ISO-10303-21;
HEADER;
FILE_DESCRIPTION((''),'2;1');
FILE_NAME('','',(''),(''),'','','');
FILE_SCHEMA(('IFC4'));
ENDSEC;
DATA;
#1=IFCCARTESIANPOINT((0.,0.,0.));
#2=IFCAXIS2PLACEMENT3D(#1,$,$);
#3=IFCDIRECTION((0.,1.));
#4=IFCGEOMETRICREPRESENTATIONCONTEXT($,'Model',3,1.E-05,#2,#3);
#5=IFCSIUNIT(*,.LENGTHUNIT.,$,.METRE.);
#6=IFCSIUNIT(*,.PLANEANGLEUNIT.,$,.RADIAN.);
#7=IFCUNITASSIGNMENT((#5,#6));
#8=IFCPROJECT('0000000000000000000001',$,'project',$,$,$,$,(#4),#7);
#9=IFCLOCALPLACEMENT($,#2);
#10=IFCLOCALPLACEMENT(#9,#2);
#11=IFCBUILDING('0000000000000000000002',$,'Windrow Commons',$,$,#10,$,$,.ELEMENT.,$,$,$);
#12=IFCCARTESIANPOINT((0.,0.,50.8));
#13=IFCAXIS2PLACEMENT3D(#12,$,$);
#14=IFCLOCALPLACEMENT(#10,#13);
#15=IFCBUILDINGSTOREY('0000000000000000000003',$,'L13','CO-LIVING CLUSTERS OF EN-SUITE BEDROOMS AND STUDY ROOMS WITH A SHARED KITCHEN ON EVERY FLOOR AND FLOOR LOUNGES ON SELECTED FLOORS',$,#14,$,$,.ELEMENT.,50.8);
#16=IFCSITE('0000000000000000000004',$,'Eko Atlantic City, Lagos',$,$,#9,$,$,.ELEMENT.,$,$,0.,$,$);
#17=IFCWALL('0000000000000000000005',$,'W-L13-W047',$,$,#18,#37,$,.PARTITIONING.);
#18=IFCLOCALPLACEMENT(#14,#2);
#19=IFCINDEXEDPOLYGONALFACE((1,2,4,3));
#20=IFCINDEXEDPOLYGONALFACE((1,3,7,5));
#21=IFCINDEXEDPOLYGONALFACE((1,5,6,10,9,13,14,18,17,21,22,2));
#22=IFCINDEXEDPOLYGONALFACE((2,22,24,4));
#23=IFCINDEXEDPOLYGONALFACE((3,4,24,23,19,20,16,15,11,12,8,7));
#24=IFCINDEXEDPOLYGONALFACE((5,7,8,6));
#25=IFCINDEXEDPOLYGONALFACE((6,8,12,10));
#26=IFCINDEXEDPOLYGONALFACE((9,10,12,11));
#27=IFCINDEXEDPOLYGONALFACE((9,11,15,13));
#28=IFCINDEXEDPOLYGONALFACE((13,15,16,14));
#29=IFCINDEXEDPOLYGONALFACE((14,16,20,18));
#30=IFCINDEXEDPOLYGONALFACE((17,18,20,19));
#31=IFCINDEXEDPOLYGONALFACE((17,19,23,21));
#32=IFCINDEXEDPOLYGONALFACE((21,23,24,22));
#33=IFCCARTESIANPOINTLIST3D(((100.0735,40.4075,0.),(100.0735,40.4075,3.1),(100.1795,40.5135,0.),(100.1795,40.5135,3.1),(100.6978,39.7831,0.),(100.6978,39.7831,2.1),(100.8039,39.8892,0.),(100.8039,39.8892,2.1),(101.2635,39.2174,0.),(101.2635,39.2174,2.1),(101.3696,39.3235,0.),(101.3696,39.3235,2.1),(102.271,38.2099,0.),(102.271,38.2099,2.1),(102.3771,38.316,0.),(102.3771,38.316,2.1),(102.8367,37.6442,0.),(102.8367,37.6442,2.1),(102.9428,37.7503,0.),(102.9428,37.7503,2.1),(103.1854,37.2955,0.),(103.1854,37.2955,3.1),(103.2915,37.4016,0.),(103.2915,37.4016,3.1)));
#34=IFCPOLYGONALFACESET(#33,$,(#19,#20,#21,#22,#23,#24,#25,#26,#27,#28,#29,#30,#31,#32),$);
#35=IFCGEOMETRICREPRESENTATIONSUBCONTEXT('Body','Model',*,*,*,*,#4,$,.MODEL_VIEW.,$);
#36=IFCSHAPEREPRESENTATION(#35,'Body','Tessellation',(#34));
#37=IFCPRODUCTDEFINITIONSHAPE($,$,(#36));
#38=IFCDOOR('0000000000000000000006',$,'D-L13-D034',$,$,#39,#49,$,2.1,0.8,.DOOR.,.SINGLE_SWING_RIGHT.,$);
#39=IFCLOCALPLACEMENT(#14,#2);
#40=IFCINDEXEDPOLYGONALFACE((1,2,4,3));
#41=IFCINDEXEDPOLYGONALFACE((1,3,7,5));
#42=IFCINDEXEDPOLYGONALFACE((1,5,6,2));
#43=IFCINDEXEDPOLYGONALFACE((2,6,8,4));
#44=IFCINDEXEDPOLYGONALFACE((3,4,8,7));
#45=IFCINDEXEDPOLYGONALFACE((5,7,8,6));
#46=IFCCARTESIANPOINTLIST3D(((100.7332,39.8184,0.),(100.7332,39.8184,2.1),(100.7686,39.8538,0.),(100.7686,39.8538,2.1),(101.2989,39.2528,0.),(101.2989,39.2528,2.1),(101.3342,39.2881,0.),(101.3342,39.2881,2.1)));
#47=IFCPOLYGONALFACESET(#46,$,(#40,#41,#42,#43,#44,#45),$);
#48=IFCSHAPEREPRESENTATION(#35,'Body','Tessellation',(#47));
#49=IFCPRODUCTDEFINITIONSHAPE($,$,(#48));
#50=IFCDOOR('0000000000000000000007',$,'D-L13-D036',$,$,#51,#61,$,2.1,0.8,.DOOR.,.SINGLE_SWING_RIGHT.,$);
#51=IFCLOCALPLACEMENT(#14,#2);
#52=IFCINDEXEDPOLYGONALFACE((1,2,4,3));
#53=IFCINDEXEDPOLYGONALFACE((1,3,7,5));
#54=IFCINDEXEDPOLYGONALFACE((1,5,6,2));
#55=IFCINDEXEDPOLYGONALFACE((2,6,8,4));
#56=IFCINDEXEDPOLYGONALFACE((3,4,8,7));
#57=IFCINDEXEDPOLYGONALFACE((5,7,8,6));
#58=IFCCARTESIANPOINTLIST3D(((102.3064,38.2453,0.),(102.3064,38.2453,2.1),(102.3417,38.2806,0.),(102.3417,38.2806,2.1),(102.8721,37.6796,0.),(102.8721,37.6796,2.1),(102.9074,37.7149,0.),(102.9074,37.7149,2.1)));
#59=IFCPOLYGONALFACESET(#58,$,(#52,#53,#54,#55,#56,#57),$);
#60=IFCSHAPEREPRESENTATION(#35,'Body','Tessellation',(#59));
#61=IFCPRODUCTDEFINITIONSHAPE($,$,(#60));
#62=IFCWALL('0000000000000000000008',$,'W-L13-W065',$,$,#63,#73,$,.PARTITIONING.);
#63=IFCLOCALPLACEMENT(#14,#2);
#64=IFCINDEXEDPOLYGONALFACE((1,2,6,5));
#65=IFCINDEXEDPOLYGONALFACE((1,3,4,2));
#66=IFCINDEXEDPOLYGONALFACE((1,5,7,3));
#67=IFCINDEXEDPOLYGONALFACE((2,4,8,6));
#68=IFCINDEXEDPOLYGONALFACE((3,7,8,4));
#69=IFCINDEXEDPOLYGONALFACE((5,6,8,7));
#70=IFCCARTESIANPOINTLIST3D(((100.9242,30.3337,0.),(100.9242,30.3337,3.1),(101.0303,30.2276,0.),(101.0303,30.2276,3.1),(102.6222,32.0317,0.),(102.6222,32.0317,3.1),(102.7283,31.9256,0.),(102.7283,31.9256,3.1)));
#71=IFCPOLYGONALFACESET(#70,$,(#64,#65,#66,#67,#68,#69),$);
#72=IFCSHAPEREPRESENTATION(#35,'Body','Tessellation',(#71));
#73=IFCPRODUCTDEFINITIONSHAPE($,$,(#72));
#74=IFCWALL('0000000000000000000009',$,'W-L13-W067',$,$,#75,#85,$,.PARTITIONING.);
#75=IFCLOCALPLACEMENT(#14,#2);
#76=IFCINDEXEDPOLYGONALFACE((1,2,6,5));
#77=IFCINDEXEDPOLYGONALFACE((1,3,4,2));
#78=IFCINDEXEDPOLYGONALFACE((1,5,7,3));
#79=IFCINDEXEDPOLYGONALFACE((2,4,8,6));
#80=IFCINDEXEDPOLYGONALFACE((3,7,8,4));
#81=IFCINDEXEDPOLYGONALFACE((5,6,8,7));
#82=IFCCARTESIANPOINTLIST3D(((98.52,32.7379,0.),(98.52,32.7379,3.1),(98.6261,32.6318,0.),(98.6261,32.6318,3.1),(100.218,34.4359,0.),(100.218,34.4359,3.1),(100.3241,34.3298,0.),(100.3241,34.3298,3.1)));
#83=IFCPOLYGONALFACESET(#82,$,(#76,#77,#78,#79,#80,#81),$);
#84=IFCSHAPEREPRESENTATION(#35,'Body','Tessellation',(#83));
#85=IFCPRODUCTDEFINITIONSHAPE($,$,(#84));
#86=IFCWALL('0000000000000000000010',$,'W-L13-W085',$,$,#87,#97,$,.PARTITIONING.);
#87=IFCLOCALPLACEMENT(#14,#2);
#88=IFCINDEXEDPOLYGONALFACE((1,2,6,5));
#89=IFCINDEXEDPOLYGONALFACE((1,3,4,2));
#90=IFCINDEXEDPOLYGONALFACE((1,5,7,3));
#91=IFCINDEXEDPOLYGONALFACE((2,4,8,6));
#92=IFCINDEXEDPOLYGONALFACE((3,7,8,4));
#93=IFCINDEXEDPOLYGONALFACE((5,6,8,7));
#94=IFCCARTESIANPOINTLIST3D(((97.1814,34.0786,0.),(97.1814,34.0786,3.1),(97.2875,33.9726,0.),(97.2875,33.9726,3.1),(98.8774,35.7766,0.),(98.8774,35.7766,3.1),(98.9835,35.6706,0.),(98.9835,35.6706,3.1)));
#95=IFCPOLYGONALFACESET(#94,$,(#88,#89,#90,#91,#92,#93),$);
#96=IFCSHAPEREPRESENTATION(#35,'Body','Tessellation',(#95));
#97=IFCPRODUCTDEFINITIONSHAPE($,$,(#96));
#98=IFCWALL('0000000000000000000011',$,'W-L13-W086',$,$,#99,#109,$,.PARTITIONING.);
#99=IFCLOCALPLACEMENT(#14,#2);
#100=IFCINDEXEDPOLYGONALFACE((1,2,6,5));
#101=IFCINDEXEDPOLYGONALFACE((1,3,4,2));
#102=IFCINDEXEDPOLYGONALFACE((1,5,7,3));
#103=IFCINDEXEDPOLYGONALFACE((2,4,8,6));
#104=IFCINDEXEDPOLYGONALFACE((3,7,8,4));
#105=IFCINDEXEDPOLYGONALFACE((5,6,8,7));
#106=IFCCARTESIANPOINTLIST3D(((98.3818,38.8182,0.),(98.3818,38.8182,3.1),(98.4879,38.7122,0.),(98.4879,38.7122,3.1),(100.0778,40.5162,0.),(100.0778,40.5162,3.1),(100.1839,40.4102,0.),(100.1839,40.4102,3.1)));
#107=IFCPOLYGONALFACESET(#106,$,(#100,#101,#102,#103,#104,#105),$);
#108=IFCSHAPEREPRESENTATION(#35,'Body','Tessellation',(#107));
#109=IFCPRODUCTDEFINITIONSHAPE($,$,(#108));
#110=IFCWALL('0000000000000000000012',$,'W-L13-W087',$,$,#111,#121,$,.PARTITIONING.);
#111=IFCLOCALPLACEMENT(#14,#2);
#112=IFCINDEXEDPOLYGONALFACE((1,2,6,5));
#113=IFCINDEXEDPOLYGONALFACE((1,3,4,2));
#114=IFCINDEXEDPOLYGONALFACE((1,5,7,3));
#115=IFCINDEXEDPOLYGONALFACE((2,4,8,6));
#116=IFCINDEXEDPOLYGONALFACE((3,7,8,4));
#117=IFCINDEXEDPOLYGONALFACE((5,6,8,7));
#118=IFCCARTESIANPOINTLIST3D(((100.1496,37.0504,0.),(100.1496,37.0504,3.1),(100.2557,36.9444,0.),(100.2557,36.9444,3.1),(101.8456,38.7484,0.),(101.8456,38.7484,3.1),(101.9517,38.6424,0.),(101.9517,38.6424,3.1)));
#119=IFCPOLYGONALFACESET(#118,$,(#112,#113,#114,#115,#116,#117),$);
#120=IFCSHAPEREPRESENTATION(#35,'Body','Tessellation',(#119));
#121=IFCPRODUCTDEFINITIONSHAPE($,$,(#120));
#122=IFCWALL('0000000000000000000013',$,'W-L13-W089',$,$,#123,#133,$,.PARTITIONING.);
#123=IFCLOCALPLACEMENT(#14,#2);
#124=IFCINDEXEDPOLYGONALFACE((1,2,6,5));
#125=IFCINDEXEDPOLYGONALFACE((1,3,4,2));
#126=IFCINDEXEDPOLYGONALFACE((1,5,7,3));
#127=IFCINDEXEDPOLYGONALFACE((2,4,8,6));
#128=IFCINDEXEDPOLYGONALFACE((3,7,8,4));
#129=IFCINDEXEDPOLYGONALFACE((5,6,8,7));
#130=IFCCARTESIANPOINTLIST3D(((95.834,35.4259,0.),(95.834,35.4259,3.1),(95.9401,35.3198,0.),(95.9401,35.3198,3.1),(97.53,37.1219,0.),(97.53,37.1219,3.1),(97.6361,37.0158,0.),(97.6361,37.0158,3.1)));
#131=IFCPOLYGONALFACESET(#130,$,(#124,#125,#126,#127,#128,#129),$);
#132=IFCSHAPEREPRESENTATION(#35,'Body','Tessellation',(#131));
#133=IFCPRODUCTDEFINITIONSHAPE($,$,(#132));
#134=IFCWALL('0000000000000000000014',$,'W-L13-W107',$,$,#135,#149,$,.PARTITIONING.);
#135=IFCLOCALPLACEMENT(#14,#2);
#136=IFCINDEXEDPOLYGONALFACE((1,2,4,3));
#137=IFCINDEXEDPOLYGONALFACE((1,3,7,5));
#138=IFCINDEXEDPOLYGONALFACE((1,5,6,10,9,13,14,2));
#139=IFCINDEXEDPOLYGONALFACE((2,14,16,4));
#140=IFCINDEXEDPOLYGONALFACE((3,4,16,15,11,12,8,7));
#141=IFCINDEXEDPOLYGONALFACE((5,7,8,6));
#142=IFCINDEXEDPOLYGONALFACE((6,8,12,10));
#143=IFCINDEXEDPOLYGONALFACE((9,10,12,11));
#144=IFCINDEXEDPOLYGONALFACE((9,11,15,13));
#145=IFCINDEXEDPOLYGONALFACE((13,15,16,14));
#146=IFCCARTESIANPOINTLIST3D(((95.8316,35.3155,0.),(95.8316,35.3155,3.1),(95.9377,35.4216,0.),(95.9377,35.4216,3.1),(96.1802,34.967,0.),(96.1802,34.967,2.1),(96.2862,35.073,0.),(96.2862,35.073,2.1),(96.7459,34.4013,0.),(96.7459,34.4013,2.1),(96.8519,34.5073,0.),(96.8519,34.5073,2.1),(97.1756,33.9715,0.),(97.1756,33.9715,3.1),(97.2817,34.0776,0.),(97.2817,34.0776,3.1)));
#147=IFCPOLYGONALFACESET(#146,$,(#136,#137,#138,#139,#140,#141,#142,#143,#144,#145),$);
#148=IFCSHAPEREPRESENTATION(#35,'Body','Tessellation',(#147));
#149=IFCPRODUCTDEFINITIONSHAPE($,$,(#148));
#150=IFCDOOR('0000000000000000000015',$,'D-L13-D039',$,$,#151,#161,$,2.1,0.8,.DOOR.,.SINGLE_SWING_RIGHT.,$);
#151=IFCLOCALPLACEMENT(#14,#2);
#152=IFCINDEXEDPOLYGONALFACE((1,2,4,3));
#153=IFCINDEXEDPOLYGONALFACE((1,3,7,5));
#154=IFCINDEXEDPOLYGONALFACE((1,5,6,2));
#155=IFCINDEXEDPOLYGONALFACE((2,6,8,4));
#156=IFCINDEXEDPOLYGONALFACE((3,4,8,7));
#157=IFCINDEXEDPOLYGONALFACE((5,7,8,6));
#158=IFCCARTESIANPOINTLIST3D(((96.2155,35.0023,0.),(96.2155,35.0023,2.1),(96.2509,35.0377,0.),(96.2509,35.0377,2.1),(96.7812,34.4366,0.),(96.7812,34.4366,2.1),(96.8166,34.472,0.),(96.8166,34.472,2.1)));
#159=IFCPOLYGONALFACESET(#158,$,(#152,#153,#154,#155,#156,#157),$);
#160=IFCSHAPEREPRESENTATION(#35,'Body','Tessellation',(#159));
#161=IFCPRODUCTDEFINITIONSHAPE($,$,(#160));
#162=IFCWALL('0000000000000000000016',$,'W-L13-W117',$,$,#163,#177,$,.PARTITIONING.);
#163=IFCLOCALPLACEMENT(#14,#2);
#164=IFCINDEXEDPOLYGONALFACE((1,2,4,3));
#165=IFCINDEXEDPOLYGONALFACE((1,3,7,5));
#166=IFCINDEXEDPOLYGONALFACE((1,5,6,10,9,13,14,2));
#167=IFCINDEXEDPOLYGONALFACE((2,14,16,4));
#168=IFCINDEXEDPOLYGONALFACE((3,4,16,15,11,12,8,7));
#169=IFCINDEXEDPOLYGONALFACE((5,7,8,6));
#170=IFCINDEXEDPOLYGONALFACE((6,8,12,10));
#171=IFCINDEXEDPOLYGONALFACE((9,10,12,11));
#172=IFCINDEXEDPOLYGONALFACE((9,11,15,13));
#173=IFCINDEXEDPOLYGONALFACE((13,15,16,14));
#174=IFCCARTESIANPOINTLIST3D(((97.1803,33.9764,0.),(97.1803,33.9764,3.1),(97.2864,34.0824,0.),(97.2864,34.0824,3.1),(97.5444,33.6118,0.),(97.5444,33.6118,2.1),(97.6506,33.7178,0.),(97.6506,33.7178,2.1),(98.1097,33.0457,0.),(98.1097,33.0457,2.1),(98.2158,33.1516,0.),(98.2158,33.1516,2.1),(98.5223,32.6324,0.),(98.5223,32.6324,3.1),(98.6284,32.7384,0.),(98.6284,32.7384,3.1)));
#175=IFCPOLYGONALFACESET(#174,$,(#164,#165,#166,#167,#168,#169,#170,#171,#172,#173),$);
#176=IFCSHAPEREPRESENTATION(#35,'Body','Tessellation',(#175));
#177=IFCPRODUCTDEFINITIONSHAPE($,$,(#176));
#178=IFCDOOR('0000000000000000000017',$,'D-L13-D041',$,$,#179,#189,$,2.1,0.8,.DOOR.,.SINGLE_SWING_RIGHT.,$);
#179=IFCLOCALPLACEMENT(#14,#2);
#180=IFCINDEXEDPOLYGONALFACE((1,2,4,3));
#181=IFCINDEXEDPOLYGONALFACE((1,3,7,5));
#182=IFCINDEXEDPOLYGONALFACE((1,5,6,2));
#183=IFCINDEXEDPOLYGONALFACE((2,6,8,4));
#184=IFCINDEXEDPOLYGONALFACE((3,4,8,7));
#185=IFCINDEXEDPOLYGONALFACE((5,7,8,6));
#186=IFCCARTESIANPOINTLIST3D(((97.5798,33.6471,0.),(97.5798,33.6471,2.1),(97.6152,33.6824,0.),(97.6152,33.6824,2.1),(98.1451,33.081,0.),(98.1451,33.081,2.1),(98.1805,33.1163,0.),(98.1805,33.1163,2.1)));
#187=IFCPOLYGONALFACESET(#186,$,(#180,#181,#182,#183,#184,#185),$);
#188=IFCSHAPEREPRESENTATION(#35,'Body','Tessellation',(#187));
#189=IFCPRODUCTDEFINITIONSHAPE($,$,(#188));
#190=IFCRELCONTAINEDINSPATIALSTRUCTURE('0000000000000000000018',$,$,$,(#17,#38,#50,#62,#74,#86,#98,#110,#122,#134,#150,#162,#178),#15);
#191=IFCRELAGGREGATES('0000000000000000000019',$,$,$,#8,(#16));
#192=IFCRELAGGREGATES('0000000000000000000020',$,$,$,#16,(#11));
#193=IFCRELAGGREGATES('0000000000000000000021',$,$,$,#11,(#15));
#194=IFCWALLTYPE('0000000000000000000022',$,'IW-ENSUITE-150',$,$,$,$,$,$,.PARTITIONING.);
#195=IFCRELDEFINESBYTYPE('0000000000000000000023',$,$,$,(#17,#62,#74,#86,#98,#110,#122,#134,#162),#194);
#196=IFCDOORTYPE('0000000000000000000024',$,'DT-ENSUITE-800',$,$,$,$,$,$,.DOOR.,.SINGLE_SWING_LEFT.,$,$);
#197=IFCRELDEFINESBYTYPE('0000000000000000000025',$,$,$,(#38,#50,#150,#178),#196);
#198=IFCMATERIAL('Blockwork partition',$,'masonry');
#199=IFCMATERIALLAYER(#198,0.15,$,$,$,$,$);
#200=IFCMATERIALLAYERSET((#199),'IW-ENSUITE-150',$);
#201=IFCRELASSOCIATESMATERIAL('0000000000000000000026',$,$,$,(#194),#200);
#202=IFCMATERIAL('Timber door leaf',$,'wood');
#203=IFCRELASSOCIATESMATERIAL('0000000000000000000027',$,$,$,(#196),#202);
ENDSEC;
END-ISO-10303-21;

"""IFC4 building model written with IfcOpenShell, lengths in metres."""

from ifc_helpers import new_model, si_unit, direction, frame, frame_2d, origin, place, context, subcontext, project, spatial, rectangle, extrude, material, layer, layer_set, type_object, element, fill, save


model = new_model("IFC4")

# Units and contexts
model_context = context("Model", 3, precision=1e-05, world=origin(), true_north=direction((0.0, 1.0)))
body_context = subcontext(model_context, "Body", "Model", "MODEL_VIEW")
ifc_project = project(units=[si_unit("LENGTHUNIT", "METRE"), si_unit("PLANEANGLEUNIT", "RADIAN")], contexts=[model_context])

# Site, building, storey
site_placement = place(None, origin())
site = spatial("IfcSite", under=ifc_project, at=site_placement, Name="Eko Atlantic City, Lagos", CompositionType="ELEMENT", RefElevation=0.0)
building_placement = place(site_placement, origin())
building = spatial("IfcBuilding", under=site, at=building_placement, Name="Windrow Commons", CompositionType="ELEMENT")
storey_placement = place(building_placement, frame((0.0, 0.0, 50.8)))
storey = spatial("IfcBuildingStorey", under=building, at=storey_placement, Name="L13", Description="CO-LIVING CLUSTERS OF EN-SUITE BEDROOMS AND STUDY ROOMS WITH A SHARED KITCHEN ON EVERY FLOOR AND FLOOR LOUNGES ON SELECTED FLOORS", CompositionType="ELEMENT", Elevation=50.8)

# Wall, openings, doors
ifc_material_1 = material(Name="Blockwork partition", Category="masonry")
ifc_layer_1 = layer(ifc_material_1, 0.15)
ifc_layer_set_1 = layer_set([ifc_layer_1], Name="IW-ENSUITE-150")
wall_type_1 = type_object("IfcWallType", Name="IW-ENSUITE-150", PredefinedType="PARTITIONING", material=ifc_layer_set_1)
wall_1_placement = place(storey_placement, frame((100.1265, 40.4605, 0.0), z_axis=(0.0, 0.0, 1.0), x_axis=(0.707107, -0.707107, 0.0)))
wall_1 = element("IfcWall", 1, at=wall_1_placement, inside=storey, type_object=wall_type_1, Name="W-L13-W047", PredefinedType="PARTITIONING", context=body_context, shape_type="SweptSolid", body=[
    extrude(rectangle(XDim=4.401, YDim=0.15, at=frame_2d((2.2005, 0.0))), origin(), (0.0, 0.0, 1.0), 3.1),
])
opening_1_placement = place(wall_1_placement, frame((0.883, 0.0, 0.0)))
opening_1 = element("IfcOpeningElement", 2, at=opening_1_placement, cuts=wall_1, PredefinedType="OPENING", context=body_context, shape_type="SweptSolid", body=[
    extrude(rectangle(XDim=0.8, YDim=2.1, at=frame_2d((0.4, 1.05))), frame((0.0, 0.085, 0.0), z_axis=(0.0, -1.0, 0.0), x_axis=(1.0, 0.0, 0.0)), (0.0, 0.0, 1.0), 0.17),
])
opening_2_placement = place(wall_1_placement, frame((3.1078, 0.0, 0.0)))
opening_2 = element("IfcOpeningElement", 3, at=opening_2_placement, cuts=wall_1, PredefinedType="OPENING", context=body_context, shape_type="SweptSolid", body=[
    extrude(rectangle(XDim=0.8, YDim=2.1, at=frame_2d((0.4, 1.05))), frame((0.0, 0.085, 0.0), z_axis=(0.0, -1.0, 0.0), x_axis=(1.0, 0.0, 0.0)), (0.0, 0.0, 1.0), 0.17),
])
ifc_material_2 = material(Name="Timber door leaf", Category="wood")
door_type_1 = type_object("IfcDoorType", Name="DT-ENSUITE-800", OperationType="SINGLE_SWING_LEFT", PredefinedType="DOOR", material=ifc_material_2)
door_1_placement = place(opening_1_placement, origin())
door_1 = element("IfcDoor", 4, at=door_1_placement, inside=storey, type_object=door_type_1, Name="D-L13-D034", OperationType="SINGLE_SWING_RIGHT", OverallHeight=2.1, OverallWidth=0.8, PredefinedType="DOOR", context=body_context, shape_type="SweptSolid", body=[
    extrude(rectangle(XDim=0.8, YDim=2.1, at=frame_2d((0.4, 1.05))), frame((0.0, 0.025, 0.0), z_axis=(0.0, -1.0, 0.0), x_axis=(1.0, 0.0, 0.0)), (0.0, 0.0, 1.0), 0.05),
])
fill(opening_1, door_1)
door_2_placement = place(opening_2_placement, origin())
door_2 = element("IfcDoor", 5, at=door_2_placement, inside=storey, type_object=door_type_1, Name="D-L13-D036", OperationType="SINGLE_SWING_RIGHT", OverallHeight=2.1, OverallWidth=0.8, PredefinedType="DOOR", context=body_context, shape_type="SweptSolid", body=[
    extrude(rectangle(XDim=0.8, YDim=2.1, at=frame_2d((0.4, 1.05))), frame((0.0, 0.025, 0.0), z_axis=(0.0, -1.0, 0.0), x_axis=(1.0, 0.0, 0.0)), (0.0, 0.0, 1.0), 0.05),
])
fill(opening_2, door_2)

# Walls
for number, where, z_axis, x_axis, name in (
    (6, (100.9773, 30.2807, 0.0), (0.0, 0.0, 1.0), (0.707107, 0.707107, 0.0), "W-L13-W065"),
    (7, (98.5731, 32.6849, 0.0), (0.0, 0.0, 1.0), (0.707107, 0.707107, 0.0), "W-L13-W067"),
):
    element("IfcWall", number, at=place(storey_placement, frame(where, z_axis=z_axis, x_axis=x_axis)), inside=storey, type_object=wall_type_1, Name=name, PredefinedType="PARTITIONING", context=body_context, shape_type="SweptSolid", body=[
        extrude(rectangle(XDim=2.4013, YDim=0.15, at=frame_2d((1.2006, 0.0))), origin(), (0.0, 0.0, 1.0), 3.1),
    ])
for number, where, z_axis, x_axis, name in (
    (8, (97.2344, 34.0256, 0.0), (0.0, 0.0, 1.0), (0.70669, 0.707523, 0.0), "W-L13-W085"),
    (9, (98.4348, 38.7652, 0.0), (0.0, 0.0, 1.0), (0.70669, 0.707523, 0.0), "W-L13-W086"),
    (10, (100.2026, 36.9974, 0.0), (0.0, 0.0, 1.0), (0.70669, 0.707523, 0.0), "W-L13-W087"),
):
    element("IfcWall", number, at=place(storey_placement, frame(where, z_axis=z_axis, x_axis=x_axis)), inside=storey, type_object=wall_type_1, Name=name, PredefinedType="PARTITIONING", context=body_context, shape_type="SweptSolid", body=[
        extrude(rectangle(XDim=2.3999, YDim=0.15, at=frame_2d((1.2, 0.0))), origin(), (0.0, 0.0, 1.0), 3.1),
    ])
wall_2_placement = place(storey_placement, frame((95.8871, 35.3729, 0.0), z_axis=(0.0, 0.0, 1.0), x_axis=(0.707107, 0.707107, 0.0)))
element("IfcWall", 11, at=wall_2_placement, inside=storey, type_object=wall_type_1, Name="W-L13-W089", PredefinedType="PARTITIONING", context=body_context, shape_type="SweptSolid", body=[
    extrude(rectangle(XDim=2.3985, YDim=0.15, at=frame_2d((1.1992, 0.0))), origin(), (0.0, 0.0, 1.0), 3.1),
])

# Walls, openings, doors
wall_3_placement = place(storey_placement, frame((95.8846, 35.3686, 0.0), z_axis=(0.0, 0.0, 1.0), x_axis=(0.707107, -0.707107, 0.0)))
wall_3 = element("IfcWall", 12, at=wall_3_placement, inside=storey, type_object=wall_type_1, Name="W-L13-W107", PredefinedType="PARTITIONING", context=body_context, shape_type="SweptSolid", body=[
    extrude(rectangle(XDim=1.9007, YDim=0.15, at=frame_2d((0.9504, 0.0))), origin(), (0.0, 0.0, 1.0), 3.1),
])
opening_3_placement = place(wall_3_placement, frame((0.493, 0.0, 0.0)))
opening_3 = element("IfcOpeningElement", 13, at=opening_3_placement, cuts=wall_3, PredefinedType="OPENING", context=body_context, shape_type="SweptSolid", body=[
    extrude(rectangle(XDim=0.8, YDim=2.1, at=frame_2d((0.4, 1.05))), frame((0.0, 0.085, 0.0), z_axis=(0.0, -1.0, 0.0), x_axis=(1.0, 0.0, 0.0)), (0.0, 0.0, 1.0), 0.17),
])
door_3_placement = place(opening_3_placement, origin())
door_3 = element("IfcDoor", 14, at=door_3_placement, inside=storey, type_object=door_type_1, Name="D-L13-D039", OperationType="SINGLE_SWING_RIGHT", OverallHeight=2.1, OverallWidth=0.8, PredefinedType="DOOR", context=body_context, shape_type="SweptSolid", body=[
    extrude(rectangle(XDim=0.8, YDim=2.1, at=frame_2d((0.4, 1.05))), frame((0.0, 0.025, 0.0), z_axis=(0.0, -1.0, 0.0), x_axis=(1.0, 0.0, 0.0)), (0.0, 0.0, 1.0), 0.05),
])
fill(opening_3, door_3)
wall_4_placement = place(storey_placement, frame((97.2334, 34.0294, 0.0), z_axis=(0.0, 0.0, 1.0), x_axis=(0.70658, -0.707633, 0.0)))
wall_4 = element("IfcWall", 15, at=wall_4_placement, inside=storey, type_object=wall_type_1, Name="W-L13-W117", PredefinedType="PARTITIONING", context=body_context, shape_type="SweptSolid", body=[
    extrude(rectangle(XDim=1.8993, YDim=0.15, at=frame_2d((0.9496, 0.0))), origin(), (0.0, 0.0, 1.0), 3.1),
])
opening_4_placement = place(wall_4_placement, frame((0.5153, 0.0, 0.0)))
opening_4 = element("IfcOpeningElement", 16, at=opening_4_placement, cuts=wall_4, PredefinedType="OPENING", context=body_context, shape_type="SweptSolid", body=[
    extrude(rectangle(XDim=0.8, YDim=2.1, at=frame_2d((0.4, 1.05))), frame((0.0, 0.085, 0.0), z_axis=(0.0, -1.0, 0.0), x_axis=(1.0, 0.0, 0.0)), (0.0, 0.0, 1.0), 0.17),
])
door_4_placement = place(opening_4_placement, origin())
door_4 = element("IfcDoor", 17, at=door_4_placement, inside=storey, type_object=door_type_1, Name="D-L13-D041", OperationType="SINGLE_SWING_RIGHT", OverallHeight=2.1, OverallWidth=0.8, PredefinedType="DOOR", context=body_context, shape_type="SweptSolid", body=[
    extrude(rectangle(XDim=0.8, YDim=2.1, at=frame_2d((0.4, 1.05))), frame((0.0, 0.025, 0.0), z_axis=(0.0, -1.0, 0.0), x_axis=(1.0, 0.0, 0.0)), (0.0, 0.0, 1.0), 0.05),
])
fill(opening_4, door_4)

save(model, "model.ifc")
